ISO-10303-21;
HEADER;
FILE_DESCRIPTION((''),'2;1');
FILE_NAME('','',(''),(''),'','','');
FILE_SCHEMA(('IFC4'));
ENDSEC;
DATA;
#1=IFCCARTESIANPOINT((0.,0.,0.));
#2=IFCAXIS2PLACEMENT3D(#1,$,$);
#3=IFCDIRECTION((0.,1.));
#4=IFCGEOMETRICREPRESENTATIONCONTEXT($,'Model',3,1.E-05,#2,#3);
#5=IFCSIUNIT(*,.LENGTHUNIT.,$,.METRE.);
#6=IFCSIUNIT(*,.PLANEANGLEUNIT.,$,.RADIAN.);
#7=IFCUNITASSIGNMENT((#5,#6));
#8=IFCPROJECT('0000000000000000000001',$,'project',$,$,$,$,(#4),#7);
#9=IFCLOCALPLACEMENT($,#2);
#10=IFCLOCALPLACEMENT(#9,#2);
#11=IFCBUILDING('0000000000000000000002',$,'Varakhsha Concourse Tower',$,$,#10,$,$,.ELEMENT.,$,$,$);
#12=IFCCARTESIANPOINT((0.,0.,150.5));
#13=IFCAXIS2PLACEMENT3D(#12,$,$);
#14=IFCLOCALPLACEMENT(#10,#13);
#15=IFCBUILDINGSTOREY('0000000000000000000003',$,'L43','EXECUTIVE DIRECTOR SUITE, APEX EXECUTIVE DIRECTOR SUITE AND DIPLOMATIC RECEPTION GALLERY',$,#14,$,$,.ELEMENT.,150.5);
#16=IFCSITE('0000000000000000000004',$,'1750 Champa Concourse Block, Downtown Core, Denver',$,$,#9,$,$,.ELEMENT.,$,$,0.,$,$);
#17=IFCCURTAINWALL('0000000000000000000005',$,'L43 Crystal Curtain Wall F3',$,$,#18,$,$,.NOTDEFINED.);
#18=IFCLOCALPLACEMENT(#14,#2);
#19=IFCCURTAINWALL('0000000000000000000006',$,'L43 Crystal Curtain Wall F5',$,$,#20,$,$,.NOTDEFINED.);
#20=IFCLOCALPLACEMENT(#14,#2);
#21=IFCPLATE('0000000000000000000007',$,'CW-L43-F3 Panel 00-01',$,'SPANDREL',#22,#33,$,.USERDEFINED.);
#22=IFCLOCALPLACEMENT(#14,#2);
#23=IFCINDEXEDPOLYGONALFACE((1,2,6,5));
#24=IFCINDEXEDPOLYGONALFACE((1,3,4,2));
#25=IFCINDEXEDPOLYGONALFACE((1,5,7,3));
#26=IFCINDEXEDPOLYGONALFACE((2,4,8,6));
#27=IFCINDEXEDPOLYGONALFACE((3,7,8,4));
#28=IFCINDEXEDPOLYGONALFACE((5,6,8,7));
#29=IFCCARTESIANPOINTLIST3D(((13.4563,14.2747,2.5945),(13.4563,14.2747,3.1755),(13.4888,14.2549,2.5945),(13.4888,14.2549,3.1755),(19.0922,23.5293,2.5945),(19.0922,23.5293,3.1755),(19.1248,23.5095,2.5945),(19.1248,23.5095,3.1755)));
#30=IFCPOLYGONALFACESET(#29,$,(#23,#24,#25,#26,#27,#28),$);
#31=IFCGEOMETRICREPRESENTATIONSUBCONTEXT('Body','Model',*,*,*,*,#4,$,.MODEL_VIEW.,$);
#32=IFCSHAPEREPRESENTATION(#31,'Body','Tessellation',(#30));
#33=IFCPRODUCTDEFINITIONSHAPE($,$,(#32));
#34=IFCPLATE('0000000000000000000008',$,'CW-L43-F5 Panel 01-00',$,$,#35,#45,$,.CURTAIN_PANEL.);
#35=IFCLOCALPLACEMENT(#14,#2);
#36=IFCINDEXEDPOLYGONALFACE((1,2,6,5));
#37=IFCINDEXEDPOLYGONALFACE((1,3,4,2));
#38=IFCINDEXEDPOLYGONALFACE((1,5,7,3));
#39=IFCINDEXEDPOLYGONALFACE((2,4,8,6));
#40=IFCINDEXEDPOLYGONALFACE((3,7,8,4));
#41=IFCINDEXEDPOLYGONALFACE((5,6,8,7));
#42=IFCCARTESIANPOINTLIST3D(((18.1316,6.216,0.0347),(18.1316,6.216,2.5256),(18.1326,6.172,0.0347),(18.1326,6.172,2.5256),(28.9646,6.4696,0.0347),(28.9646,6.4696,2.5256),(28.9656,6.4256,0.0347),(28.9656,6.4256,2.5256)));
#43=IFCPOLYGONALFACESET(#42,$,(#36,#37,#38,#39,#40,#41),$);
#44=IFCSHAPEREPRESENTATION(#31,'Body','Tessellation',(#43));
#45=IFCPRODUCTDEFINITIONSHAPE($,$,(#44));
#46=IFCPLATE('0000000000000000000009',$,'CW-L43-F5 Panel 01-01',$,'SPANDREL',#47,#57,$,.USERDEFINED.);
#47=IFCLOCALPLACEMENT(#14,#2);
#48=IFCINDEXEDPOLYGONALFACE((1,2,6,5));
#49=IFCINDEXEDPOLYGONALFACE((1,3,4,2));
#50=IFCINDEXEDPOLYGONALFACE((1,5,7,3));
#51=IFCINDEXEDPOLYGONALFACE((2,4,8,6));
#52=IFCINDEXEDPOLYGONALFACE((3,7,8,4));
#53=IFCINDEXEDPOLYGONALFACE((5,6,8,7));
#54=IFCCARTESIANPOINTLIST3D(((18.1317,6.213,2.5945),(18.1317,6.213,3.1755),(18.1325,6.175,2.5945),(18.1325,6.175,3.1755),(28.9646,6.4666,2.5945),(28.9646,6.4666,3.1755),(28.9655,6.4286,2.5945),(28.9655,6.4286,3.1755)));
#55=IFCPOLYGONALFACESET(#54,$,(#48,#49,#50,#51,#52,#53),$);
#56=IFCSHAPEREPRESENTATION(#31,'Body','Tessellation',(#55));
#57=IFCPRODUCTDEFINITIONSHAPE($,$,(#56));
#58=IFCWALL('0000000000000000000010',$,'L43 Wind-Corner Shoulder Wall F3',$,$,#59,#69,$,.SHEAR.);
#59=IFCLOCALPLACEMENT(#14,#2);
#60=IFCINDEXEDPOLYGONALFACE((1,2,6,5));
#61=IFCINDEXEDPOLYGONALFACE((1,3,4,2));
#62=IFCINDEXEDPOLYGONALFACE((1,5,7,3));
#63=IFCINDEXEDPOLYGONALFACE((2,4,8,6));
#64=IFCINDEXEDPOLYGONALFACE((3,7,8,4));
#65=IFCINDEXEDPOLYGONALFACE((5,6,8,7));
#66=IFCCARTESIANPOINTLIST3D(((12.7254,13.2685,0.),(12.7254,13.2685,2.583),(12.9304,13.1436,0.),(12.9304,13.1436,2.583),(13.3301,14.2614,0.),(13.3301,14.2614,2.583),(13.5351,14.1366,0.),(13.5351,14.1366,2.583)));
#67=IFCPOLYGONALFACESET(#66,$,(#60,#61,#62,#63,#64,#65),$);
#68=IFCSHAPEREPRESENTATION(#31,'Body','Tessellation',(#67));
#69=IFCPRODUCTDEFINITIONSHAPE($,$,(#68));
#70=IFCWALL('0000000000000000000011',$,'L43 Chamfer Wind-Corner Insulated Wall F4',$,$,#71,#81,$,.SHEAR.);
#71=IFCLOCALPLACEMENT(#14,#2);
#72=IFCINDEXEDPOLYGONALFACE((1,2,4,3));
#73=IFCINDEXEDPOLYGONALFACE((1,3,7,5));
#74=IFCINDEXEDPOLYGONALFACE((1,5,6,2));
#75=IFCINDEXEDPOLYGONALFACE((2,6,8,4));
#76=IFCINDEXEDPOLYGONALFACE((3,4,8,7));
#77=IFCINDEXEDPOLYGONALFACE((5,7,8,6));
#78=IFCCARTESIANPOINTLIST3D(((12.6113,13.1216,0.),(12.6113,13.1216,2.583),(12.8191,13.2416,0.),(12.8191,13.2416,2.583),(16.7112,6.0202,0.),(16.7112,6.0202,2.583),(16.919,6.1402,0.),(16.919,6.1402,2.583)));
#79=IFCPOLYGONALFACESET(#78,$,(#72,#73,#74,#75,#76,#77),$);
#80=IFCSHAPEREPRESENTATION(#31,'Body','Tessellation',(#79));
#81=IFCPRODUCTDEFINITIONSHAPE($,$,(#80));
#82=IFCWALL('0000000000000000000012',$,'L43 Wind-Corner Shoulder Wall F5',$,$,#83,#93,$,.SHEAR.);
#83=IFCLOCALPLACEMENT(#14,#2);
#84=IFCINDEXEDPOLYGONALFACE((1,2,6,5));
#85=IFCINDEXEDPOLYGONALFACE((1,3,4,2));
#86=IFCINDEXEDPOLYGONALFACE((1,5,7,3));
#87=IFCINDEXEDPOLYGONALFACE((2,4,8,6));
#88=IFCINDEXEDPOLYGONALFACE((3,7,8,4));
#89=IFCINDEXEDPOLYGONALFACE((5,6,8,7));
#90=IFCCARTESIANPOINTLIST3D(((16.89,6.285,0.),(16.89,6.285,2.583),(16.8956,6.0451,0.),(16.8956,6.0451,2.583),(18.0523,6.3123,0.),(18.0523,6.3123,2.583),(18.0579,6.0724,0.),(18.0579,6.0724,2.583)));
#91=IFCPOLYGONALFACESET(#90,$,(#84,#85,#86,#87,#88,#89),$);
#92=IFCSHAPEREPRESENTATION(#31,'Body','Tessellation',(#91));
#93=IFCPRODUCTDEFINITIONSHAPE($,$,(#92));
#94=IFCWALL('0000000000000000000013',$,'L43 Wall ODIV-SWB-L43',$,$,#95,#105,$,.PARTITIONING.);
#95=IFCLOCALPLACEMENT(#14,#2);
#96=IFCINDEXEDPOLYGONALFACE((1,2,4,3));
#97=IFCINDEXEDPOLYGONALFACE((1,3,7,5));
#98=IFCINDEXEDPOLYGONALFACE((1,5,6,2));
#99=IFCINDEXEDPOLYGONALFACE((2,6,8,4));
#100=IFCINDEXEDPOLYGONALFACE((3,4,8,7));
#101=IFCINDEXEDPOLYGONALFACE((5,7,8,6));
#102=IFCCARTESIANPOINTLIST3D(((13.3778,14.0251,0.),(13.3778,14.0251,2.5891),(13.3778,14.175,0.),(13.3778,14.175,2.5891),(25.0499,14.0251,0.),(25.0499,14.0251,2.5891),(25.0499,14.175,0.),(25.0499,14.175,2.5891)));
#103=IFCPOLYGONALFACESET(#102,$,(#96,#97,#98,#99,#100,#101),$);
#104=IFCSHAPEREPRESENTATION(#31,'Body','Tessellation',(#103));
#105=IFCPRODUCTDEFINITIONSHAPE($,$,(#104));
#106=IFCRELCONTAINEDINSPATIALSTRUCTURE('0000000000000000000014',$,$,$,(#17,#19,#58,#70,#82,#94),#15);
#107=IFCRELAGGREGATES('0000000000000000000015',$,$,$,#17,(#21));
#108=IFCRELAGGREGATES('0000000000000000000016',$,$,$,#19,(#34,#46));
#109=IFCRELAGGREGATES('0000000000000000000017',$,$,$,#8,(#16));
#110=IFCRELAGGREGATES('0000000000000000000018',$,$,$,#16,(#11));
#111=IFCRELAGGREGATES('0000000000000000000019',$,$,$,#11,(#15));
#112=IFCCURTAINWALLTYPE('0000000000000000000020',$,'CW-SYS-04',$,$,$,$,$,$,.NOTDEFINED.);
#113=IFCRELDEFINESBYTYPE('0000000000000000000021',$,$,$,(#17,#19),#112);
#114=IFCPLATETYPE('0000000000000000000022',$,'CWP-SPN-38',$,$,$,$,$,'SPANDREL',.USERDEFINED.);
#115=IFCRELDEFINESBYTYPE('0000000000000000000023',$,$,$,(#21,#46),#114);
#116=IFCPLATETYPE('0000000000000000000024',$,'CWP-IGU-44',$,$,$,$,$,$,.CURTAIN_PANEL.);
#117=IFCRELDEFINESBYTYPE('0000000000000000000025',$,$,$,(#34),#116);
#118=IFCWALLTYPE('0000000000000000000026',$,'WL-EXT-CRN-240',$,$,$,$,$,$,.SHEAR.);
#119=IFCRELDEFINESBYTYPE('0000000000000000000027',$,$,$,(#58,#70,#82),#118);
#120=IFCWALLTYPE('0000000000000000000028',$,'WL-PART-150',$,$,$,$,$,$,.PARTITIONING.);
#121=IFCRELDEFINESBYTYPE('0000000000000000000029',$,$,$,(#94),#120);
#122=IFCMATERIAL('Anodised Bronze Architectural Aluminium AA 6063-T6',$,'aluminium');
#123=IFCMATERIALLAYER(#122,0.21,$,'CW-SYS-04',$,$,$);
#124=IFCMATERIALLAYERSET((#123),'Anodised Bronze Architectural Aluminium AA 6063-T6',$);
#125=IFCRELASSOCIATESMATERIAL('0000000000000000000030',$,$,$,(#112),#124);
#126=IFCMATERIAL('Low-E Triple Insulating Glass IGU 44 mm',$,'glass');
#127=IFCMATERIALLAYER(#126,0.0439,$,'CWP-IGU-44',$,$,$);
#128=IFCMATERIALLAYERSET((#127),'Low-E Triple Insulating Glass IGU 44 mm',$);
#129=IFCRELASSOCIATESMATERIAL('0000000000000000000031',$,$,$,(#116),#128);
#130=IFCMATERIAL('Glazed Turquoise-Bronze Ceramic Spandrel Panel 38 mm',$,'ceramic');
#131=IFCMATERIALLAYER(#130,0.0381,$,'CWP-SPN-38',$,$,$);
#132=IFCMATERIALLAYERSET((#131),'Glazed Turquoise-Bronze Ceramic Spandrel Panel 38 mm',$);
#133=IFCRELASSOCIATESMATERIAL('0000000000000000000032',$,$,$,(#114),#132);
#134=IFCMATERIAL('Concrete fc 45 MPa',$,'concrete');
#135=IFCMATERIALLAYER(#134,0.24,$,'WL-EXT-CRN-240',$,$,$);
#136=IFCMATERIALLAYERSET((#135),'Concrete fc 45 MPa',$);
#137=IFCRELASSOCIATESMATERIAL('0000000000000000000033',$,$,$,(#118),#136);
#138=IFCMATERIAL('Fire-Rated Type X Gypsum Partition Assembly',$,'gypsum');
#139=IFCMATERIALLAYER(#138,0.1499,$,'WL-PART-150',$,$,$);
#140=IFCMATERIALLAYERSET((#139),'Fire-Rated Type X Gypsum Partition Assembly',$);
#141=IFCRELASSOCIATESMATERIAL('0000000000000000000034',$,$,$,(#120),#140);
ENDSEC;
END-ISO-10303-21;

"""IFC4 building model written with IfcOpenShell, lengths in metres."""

from ifc_helpers import new_model, si_unit, direction, frame, frame_2d, origin, origin_2d, place, context, subcontext, project, spatial, rectangle, extrude, source, transform, mapped, material, layer, layer_set, type_object, type_shapes, element, aggregate, save


model = new_model("IFC4")

# Units and contexts
model_context = context("Model", 3, precision=1e-05, world=origin(), true_north=direction((0.0, 1.0)))
body_context = subcontext(model_context, "Body", "Model", "MODEL_VIEW")
ifc_project = project(units=[si_unit("LENGTHUNIT", "METRE"), si_unit("PLANEANGLEUNIT", "RADIAN")], contexts=[model_context])

# Site, building, storey
site_placement = place(None, origin())
site = spatial("IfcSite", under=ifc_project, at=site_placement, Name="1750 Champa Concourse Block, Downtown Core, Denver", CompositionType="ELEMENT", RefElevation=0.0)
building_placement = place(site_placement, origin())
building = spatial("IfcBuilding", under=site, at=building_placement, Name="Varakhsha Concourse Tower", CompositionType="ELEMENT")
storey_placement = place(building_placement, frame((0.0, 0.0, 150.5)))
storey = spatial("IfcBuildingStorey", under=building, at=storey_placement, Name="L43", Description="EXECUTIVE DIRECTOR SUITE, APEX EXECUTIVE DIRECTOR SUITE AND DIPLOMATIC RECEPTION GALLERY", CompositionType="ELEMENT", Elevation=150.5)

# Curtain walls
ifc_material_1 = material(Name="Anodised Bronze Architectural Aluminium AA 6063-T6", Category="aluminium")
ifc_layer_1 = layer(ifc_material_1, 0.21, Name="CW-SYS-04")
ifc_layer_set_1 = layer_set([ifc_layer_1], Name="Anodised Bronze Architectural Aluminium AA 6063-T6")
curtain_wall_type = type_object("IfcCurtainWallType", Name="CW-SYS-04", PredefinedType="NOTDEFINED", material=ifc_layer_set_1)
curtain_wall_1_placement = place(storey_placement, origin())
curtain_wall_1 = element("IfcCurtainWall", 1, at=curtain_wall_1_placement, inside=storey, type_object=curtain_wall_type, Name="L43 Crystal Curtain Wall F3", PredefinedType="NOTDEFINED")
curtain_wall_2_placement = place(storey_placement, origin())
curtain_wall_2 = element("IfcCurtainWall", 2, at=curtain_wall_2_placement, inside=storey, type_object=curtain_wall_type, Name="L43 Crystal Curtain Wall F5", PredefinedType="NOTDEFINED")

# Shared definitions
ifc_material_2 = material(Name="Concrete fc 45 MPa", Category="concrete")

# Plates
ifc_material_3 = material(Name="Low-E Triple Insulating Glass IGU 44 mm", Category="glass")
ifc_layer_2 = layer(ifc_material_3, 0.0439, Name="CWP-IGU-44")
ifc_layer_set_2 = layer_set([ifc_layer_2], Name="Low-E Triple Insulating Glass IGU 44 mm")
plate_type_1 = type_object("IfcPlateType", Name="CWP-IGU-44", PredefinedType="CURTAIN_PANEL", material=ifc_layer_set_2)
ifc_material_4 = material(Name="Glazed Turquoise-Bronze Ceramic Spandrel Panel 38 mm", Category="ceramic")
ifc_layer_3 = layer(ifc_material_4, 0.0381, Name="CWP-SPN-38")
ifc_layer_set_3 = layer_set([ifc_layer_3], Name="Glazed Turquoise-Bronze Ceramic Spandrel Panel 38 mm")
plate_type_2 = type_object("IfcPlateType", Name="CWP-SPN-38", ElementType="SPANDREL", PredefinedType="USERDEFINED", material=ifc_layer_set_3)
shared_shape_1 = source(origin(), body_context, "Body", "SweptSolid", [
    extrude(rectangle(XDim=10.8357, YDim=0.0381, at=origin_2d()), origin(), (0.0, 0.0, 1.0), 0.5811),
])
plate_1_placement = place(storey_placement, frame((16.2905, 18.8921, 2.5945), z_axis=(0.0, 0.0, 1.0), x_axis=(0.520126, 0.85409, 0.0)))
plate_1 = element("IfcPlate", 3, at=plate_1_placement, type_object=plate_type_2, Name="CW-L43-F3 Panel 00-01", ObjectType="SPANDREL", PredefinedType="USERDEFINED", context=body_context, shape_type="MappedRepresentation", body=[
    mapped(shared_shape_1, transform((0.0, 0.0, 0.0), scale=1.0)),
])
aggregate(curtain_wall_1, [plate_1])
shared_shape_2 = source(origin(), body_context, "Body", "SweptSolid", [
    extrude(rectangle(XDim=10.8359, YDim=0.0439, at=origin_2d()), origin(), (0.0, 0.0, 1.0), 2.491),
])
plate_2_placement = place(storey_placement, frame((23.5486, 6.3208, 0.0347), z_axis=(0.0, 0.0, 1.0), x_axis=(-0.999726, -0.023404, 0.0)))
plate_2 = element("IfcPlate", 4, at=plate_2_placement, type_object=plate_type_1, Name="CW-L43-F5 Panel 01-00", PredefinedType="CURTAIN_PANEL", context=body_context, shape_type="MappedRepresentation", body=[
    mapped(shared_shape_2, transform((0.0, 0.0, 0.0), scale=1.0)),
])
shared_shape_3 = source(origin(), body_context, "Body", "SweptSolid", [
    extrude(rectangle(XDim=10.8359, YDim=0.0381, at=origin_2d()), origin(), (0.0, 0.0, 1.0), 0.5811),
])
type_shapes(plate_type_2, [shared_shape_1, shared_shape_3])
plate_3_placement = place(storey_placement, frame((23.5486, 6.3208, 2.5945), z_axis=(0.0, 0.0, 1.0), x_axis=(-0.999726, -0.023404, 0.0)))
plate_3 = element("IfcPlate", 5, at=plate_3_placement, type_object=plate_type_2, Name="CW-L43-F5 Panel 01-01", ObjectType="SPANDREL", PredefinedType="USERDEFINED", context=body_context, shape_type="MappedRepresentation", body=[
    mapped(shared_shape_3, transform((0.0, 0.0, 0.0), scale=1.0)),
])
aggregate(curtain_wall_2, [plate_2, plate_3])

# Walls
ifc_layer_4 = layer(ifc_material_2, 0.24, Name="WL-EXT-CRN-240")
ifc_layer_set_4 = layer_set([ifc_layer_4], Name="Concrete fc 45 MPa")
wall_type_1 = type_object("IfcWallType", Name="WL-EXT-CRN-240", PredefinedType="SHEAR", material=ifc_layer_set_4)
wall_1_placement = place(storey_placement, frame((13.4326, 14.199, 0.0), z_axis=(0.0, 0.0, 1.0), x_axis=(-0.520167, -0.854065, 0.0)))
element("IfcWall", 6, at=wall_1_placement, inside=storey, type_object=wall_type_1, Name="L43 Wind-Corner Shoulder Wall F3", PredefinedType="SHEAR", context=body_context, shape_type="SweptSolid", body=[
    extrude(rectangle(XDim=1.1626, YDim=0.24, at=frame_2d((0.5813, 0.0))), origin(), (0.0, 0.0, 1.0), 2.583),
])
wall_2_placement = place(storey_placement, frame((16.8152, 6.0801, 0.0), z_axis=(0.0, 0.0, 1.0), x_axis=(-0.499991, 0.86603, 0.0)))
element("IfcWall", 7, at=wall_2_placement, inside=storey, type_object=wall_type_1, Name="L43 Chamfer Wind-Corner Insulated Wall F4", PredefinedType="SHEAR", context=body_context, shape_type="SweptSolid", body=[
    extrude(rectangle(XDim=8.2, YDim=0.24, at=frame_2d((4.1001, 0.0))), origin(), (0.0, 0.0, 1.0), 2.583),
])
wall_3_placement = place(storey_placement, frame((16.8928, 6.165, 0.0), z_axis=(0.0, 0.0, 1.0), x_axis=(0.999723, 0.023518, 0.0)))
element("IfcWall", 8, at=wall_3_placement, inside=storey, type_object=wall_type_1, Name="L43 Wind-Corner Shoulder Wall F5", PredefinedType="SHEAR", context=body_context, shape_type="SweptSolid", body=[
    extrude(rectangle(XDim=1.1626, YDim=0.24, at=frame_2d((0.5813, 0.0))), origin(), (0.0, 0.0, 1.0), 2.583),
])
ifc_material_5 = material(Name="Fire-Rated Type X Gypsum Partition Assembly", Category="gypsum")
ifc_layer_5 = layer(ifc_material_5, 0.1499, Name="WL-PART-150")
ifc_layer_set_5 = layer_set([ifc_layer_5], Name="Fire-Rated Type X Gypsum Partition Assembly")
wall_type_2 = type_object("IfcWallType", Name="WL-PART-150", PredefinedType="PARTITIONING", material=ifc_layer_set_5)
wall_4_placement = place(storey_placement, frame((13.3779, 14.1001, 0.0), z_axis=(0.0, 0.0, 1.0), x_axis=(1.0, 0.0, 0.0)))
element("IfcWall", 9, at=wall_4_placement, inside=storey, type_object=wall_type_2, Name="L43 Wall ODIV-SWB-L43", PredefinedType="PARTITIONING", context=body_context, shape_type="SweptSolid", body=[
    extrude(rectangle(XDim=11.6721, YDim=0.1499, at=frame_2d((5.8359, 0.0))), origin(), (0.0, 0.0, 1.0), 2.5891),
])

save(model, "model.ifc")
